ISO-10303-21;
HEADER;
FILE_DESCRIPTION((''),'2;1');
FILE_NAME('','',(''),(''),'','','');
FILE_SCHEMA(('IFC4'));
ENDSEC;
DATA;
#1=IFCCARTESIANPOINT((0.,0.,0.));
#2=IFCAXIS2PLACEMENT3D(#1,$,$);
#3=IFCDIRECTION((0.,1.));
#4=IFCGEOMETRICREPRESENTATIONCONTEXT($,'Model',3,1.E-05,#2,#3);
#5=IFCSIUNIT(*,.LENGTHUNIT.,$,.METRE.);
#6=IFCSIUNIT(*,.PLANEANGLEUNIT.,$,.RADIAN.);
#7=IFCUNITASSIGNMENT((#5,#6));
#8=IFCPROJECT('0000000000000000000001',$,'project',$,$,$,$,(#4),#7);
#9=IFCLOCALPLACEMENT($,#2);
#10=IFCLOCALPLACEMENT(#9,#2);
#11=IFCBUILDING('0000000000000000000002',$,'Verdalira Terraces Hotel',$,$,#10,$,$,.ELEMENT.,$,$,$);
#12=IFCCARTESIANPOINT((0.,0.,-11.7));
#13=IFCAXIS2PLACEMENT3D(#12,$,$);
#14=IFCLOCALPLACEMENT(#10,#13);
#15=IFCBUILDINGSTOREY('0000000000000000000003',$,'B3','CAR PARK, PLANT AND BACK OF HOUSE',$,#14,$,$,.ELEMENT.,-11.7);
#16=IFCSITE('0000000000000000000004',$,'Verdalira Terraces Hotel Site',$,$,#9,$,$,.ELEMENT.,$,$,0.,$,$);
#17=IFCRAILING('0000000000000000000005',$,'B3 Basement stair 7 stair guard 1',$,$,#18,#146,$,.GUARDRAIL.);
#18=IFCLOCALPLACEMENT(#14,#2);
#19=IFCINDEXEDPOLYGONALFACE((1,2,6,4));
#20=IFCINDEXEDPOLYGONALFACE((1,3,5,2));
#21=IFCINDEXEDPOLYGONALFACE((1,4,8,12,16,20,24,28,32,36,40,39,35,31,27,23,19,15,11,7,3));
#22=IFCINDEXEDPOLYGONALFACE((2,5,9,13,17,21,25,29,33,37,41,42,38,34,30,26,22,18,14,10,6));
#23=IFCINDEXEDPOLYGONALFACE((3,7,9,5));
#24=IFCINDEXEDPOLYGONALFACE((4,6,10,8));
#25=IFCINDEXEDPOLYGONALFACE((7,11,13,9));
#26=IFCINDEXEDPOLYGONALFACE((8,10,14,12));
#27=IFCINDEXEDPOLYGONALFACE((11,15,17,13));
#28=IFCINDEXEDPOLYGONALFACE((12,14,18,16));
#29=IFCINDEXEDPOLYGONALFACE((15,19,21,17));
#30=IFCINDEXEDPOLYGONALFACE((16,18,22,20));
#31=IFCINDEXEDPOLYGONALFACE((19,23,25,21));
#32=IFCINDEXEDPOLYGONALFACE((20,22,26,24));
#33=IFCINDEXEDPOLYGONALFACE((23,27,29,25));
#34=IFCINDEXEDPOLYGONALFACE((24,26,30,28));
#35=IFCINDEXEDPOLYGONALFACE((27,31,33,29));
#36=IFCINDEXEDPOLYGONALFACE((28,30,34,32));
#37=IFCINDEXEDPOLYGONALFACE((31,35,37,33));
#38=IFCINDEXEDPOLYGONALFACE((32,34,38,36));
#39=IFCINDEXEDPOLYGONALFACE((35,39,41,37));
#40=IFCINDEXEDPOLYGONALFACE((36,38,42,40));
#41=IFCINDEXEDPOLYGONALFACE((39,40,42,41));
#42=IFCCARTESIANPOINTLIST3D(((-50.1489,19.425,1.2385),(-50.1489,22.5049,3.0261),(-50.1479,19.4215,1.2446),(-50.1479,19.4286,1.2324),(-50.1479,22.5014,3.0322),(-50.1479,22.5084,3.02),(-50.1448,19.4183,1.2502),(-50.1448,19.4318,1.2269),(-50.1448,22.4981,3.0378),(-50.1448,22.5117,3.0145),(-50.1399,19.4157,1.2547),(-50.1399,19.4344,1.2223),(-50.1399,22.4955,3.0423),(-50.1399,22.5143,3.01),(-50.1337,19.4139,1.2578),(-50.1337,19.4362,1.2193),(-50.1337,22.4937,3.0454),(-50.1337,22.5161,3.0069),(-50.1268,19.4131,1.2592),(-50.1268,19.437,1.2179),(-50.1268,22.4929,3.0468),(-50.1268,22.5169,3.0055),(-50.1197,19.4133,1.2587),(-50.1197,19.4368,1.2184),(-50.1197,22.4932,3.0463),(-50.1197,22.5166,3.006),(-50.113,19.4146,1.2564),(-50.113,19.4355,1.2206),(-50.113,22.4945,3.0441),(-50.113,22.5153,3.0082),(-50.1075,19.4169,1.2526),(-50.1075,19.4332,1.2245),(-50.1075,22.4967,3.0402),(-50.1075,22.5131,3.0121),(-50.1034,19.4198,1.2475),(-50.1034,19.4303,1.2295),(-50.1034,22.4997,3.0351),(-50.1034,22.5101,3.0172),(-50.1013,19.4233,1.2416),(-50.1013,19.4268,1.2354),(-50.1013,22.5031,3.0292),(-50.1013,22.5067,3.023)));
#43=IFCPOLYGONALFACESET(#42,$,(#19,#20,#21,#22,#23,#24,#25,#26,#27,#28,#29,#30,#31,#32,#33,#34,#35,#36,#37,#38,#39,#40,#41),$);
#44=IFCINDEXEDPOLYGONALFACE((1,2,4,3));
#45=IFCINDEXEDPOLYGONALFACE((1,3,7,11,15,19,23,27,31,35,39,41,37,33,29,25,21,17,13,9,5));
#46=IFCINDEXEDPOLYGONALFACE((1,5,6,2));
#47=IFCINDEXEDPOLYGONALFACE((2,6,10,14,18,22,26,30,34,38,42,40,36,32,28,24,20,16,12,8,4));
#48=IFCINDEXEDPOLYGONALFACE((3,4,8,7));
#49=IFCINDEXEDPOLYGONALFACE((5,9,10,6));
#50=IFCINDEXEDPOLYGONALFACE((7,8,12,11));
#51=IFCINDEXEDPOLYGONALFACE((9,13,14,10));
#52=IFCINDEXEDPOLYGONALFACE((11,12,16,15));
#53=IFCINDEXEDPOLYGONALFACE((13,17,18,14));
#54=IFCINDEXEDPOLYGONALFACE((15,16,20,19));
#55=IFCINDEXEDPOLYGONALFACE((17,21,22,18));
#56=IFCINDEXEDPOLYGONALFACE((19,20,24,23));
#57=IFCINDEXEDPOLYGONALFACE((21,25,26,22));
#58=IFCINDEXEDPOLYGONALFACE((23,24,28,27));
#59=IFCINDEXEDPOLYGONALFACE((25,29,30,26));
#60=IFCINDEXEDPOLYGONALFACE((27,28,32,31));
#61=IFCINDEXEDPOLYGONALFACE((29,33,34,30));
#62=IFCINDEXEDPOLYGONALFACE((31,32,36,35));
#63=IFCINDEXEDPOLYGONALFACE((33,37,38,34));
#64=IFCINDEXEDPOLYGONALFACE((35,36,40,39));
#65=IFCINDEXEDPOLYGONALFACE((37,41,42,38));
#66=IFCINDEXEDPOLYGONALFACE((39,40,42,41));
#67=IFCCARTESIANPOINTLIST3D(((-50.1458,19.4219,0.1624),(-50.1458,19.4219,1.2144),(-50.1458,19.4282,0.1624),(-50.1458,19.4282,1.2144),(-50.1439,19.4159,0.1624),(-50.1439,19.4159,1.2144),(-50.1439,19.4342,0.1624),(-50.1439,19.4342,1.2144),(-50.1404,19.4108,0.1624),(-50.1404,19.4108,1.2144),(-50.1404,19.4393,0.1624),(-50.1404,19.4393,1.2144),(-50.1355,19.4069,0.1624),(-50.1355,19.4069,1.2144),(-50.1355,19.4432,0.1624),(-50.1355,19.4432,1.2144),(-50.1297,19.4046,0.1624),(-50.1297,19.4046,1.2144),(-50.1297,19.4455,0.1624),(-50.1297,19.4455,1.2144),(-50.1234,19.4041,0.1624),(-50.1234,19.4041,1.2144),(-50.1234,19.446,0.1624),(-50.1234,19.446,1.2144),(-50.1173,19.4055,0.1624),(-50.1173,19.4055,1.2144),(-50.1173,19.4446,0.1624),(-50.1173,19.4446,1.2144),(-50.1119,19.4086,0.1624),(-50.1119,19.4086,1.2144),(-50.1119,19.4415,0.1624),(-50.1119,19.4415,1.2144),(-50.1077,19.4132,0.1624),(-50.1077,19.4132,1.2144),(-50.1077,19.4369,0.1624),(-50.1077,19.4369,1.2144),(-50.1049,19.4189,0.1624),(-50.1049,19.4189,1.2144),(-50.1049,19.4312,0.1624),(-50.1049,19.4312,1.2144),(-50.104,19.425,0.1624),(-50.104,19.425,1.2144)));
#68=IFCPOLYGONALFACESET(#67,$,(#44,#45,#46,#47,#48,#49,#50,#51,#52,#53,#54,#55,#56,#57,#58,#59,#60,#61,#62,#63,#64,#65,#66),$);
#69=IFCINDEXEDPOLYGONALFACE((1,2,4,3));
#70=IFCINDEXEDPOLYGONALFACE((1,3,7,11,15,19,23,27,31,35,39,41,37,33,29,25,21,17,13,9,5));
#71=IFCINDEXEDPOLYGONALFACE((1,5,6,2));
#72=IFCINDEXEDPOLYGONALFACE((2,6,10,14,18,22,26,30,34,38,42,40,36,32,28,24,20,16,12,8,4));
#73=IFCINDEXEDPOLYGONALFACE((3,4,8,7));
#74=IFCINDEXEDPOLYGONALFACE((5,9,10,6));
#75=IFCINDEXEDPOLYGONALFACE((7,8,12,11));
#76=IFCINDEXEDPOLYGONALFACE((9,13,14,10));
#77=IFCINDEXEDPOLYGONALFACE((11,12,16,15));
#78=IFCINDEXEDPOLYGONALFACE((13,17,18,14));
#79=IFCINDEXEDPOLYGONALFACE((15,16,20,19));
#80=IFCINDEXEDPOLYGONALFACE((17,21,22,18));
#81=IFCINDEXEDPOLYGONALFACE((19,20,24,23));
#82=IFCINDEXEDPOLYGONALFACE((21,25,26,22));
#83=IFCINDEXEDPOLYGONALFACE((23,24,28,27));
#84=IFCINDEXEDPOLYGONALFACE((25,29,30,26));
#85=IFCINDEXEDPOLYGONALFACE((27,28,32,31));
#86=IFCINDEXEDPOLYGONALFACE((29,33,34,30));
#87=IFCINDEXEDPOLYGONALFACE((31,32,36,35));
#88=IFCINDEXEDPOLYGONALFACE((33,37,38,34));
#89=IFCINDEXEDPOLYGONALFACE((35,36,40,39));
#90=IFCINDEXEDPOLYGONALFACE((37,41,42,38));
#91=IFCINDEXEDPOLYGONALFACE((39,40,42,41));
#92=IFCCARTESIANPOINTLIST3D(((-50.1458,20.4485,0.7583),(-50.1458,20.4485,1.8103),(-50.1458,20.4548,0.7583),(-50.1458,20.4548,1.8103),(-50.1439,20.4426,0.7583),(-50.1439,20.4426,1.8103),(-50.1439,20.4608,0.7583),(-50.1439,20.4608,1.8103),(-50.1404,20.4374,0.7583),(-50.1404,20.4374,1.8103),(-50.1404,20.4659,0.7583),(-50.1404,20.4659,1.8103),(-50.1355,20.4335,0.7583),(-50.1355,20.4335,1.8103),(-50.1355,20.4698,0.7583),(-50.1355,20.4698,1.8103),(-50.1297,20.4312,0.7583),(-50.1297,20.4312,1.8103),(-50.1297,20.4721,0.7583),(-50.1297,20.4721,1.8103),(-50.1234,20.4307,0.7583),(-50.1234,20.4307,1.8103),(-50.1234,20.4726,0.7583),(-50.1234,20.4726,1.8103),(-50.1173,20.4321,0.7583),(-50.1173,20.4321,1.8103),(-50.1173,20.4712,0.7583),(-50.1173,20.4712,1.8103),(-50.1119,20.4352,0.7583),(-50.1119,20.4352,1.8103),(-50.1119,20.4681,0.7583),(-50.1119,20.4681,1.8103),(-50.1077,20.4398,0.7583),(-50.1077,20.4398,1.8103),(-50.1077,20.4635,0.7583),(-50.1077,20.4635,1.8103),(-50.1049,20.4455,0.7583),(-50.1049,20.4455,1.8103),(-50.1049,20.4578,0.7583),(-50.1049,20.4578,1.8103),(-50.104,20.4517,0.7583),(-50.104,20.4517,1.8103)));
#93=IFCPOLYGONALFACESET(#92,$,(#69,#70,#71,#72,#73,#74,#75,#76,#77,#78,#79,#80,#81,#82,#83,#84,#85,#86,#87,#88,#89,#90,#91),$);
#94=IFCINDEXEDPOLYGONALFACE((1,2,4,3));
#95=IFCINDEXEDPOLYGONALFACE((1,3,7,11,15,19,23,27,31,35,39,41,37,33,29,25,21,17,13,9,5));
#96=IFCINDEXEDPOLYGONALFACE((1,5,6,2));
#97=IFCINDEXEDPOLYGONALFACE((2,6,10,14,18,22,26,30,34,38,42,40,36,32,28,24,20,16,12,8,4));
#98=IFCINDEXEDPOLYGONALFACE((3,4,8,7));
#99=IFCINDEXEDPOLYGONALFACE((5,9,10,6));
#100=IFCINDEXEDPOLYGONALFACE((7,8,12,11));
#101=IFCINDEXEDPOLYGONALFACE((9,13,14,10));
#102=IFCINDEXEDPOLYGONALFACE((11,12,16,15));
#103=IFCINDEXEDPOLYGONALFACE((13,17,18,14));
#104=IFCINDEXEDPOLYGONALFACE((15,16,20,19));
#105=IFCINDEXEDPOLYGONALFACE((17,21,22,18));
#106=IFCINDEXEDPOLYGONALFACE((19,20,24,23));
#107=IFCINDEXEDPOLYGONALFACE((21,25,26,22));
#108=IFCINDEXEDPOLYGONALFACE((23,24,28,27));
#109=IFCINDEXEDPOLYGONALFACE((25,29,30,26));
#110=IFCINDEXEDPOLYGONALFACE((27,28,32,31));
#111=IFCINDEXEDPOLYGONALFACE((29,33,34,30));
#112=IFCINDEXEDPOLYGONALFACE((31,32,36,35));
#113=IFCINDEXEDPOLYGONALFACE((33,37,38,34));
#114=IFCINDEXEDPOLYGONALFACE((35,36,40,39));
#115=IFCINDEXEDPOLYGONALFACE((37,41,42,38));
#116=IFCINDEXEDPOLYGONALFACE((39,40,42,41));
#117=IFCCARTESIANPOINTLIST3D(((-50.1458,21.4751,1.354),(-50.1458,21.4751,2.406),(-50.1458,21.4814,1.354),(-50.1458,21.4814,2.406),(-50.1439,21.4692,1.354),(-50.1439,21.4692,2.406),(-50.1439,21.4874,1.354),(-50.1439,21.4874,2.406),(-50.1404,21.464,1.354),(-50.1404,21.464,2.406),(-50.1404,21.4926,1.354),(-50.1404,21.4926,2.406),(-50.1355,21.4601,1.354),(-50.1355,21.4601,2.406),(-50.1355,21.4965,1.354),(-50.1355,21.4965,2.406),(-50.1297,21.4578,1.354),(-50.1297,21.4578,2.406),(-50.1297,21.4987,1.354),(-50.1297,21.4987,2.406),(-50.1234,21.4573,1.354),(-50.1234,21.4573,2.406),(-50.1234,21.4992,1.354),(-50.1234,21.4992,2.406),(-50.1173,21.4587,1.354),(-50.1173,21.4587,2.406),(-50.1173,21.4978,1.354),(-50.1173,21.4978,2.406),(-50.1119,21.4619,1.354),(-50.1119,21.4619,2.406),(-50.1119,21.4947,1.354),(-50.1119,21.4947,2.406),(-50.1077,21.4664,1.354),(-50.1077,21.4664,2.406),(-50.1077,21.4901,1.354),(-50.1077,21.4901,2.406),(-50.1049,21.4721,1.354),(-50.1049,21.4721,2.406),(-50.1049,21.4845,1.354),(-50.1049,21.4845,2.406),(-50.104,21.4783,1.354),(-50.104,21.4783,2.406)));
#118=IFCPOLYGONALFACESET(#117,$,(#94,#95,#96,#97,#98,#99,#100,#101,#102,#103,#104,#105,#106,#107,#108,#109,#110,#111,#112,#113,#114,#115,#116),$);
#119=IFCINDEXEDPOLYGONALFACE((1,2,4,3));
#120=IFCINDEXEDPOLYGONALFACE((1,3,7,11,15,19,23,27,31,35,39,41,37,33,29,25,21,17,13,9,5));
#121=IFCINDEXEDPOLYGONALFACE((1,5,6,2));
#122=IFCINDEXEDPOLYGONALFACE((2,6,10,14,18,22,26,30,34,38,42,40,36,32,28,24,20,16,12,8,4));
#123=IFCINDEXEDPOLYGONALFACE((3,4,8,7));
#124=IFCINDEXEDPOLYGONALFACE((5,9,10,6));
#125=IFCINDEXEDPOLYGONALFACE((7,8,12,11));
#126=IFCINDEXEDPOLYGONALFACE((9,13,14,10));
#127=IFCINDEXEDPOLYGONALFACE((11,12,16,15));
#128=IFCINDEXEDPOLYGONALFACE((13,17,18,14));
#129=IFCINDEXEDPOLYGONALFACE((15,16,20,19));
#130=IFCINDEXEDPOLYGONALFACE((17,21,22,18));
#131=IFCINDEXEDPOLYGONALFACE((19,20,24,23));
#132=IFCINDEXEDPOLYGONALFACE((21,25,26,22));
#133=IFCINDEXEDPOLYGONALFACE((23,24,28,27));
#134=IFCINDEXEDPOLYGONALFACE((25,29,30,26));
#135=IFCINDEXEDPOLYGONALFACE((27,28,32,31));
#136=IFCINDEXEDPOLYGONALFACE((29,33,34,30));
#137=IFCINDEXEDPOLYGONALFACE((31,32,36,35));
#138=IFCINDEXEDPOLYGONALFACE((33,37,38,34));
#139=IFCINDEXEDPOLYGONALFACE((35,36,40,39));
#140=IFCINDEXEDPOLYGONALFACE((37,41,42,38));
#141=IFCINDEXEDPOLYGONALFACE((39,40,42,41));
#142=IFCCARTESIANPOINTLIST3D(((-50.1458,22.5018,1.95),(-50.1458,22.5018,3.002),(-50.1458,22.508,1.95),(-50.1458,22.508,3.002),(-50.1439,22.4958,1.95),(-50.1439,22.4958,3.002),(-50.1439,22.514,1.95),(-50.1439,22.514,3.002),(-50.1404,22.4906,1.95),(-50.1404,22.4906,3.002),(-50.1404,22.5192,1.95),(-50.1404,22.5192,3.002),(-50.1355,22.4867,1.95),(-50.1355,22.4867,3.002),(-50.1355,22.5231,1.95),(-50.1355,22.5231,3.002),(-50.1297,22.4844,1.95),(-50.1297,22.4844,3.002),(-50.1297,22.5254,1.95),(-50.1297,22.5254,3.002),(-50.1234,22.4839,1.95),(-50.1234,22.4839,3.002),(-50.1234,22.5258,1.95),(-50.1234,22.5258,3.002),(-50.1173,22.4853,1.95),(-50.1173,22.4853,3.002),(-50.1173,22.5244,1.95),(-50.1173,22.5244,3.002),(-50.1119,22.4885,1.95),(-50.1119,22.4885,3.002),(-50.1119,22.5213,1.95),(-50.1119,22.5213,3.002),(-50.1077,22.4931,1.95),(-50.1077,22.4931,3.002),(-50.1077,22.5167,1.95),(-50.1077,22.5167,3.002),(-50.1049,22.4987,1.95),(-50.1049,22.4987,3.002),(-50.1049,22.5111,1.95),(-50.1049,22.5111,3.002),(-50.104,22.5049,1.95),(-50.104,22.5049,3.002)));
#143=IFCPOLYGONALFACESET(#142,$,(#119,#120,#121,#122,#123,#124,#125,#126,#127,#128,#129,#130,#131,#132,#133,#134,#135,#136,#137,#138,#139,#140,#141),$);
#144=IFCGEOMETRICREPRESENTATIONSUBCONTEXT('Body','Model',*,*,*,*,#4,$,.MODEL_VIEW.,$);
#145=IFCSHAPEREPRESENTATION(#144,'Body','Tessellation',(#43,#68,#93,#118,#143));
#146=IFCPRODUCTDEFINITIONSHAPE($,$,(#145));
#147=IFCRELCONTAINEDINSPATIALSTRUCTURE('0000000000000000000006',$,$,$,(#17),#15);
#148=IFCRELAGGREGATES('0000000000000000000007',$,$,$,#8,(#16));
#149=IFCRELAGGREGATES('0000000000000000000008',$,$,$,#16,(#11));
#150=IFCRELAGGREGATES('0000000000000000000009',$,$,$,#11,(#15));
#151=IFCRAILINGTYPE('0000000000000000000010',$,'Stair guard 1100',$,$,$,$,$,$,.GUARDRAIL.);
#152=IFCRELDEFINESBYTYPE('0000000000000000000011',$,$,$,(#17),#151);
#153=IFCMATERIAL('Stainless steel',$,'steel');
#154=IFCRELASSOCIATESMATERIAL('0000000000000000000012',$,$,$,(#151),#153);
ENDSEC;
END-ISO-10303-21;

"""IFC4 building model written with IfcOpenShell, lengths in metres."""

from ifc_helpers import new_model, si_unit, direction, frame, origin, origin_2d, place, context, subcontext, project, spatial, circle, extrude, material, type_object, element, save


model = new_model("IFC4")

# Units and contexts
model_context = context("Model", 3, precision=1e-05, world=origin(), true_north=direction((0.0, 1.0)))
body_context = subcontext(model_context, "Body", "Model", "MODEL_VIEW")
ifc_project = project(units=[si_unit("LENGTHUNIT", "METRE"), si_unit("PLANEANGLEUNIT", "RADIAN")], contexts=[model_context])

# Site, building, storey
site_placement = place(None, origin())
site = spatial("IfcSite", under=ifc_project, at=site_placement, Name="Verdalira Terraces Hotel Site", CompositionType="ELEMENT", RefElevation=0.0)
building_placement = place(site_placement, origin())
building = spatial("IfcBuilding", under=site, at=building_placement, Name="Verdalira Terraces Hotel", CompositionType="ELEMENT")
storey_placement = place(building_placement, frame((0.0, 0.0, -11.7)))
storey = spatial("IfcBuildingStorey", under=building, at=storey_placement, Name="B3", Description="CAR PARK, PLANT AND BACK OF HOUSE", CompositionType="ELEMENT", Elevation=-11.7)

# Railing
ifc_material_1 = material(Name="Stainless steel", Category="steel")
railing_type_1 = type_object("IfcRailingType", Name="Stair guard 1100", PredefinedType="GUARDRAIL", material=ifc_material_1)
railing_1_placement = place(storey_placement, frame((-50.125, 19.425, 0.1624)))
element("IfcRailing", 1, at=railing_1_placement, inside=storey, type_object=railing_type_1, Name="B3 Basement stair 7 stair guard 1", PredefinedType="GUARDRAIL", context=body_context, shape_type="SweptSolid", body=[
    extrude(circle(Radius=0.0239, at=origin_2d()), frame((0.0, 0.0, 1.0762), z_axis=(0.0, 0.864873, 0.50199), x_axis=(-1.0, 0.0, 0.0)), (0.0, 0.0, 1.0), 3.561),
    extrude(circle(Radius=0.021, at=origin_2d()), origin(), (0.0, 0.0, 1.0), 1.052),
    extrude(circle(Radius=0.021, at=origin_2d()), frame((0.0, 1.0266, 0.5959)), (0.0, 0.0, 1.0), 1.052),
    extrude(circle(Radius=0.021, at=origin_2d()), frame((0.0, 2.0532, 1.1917)), (0.0, 0.0, 1.0), 1.052),
    extrude(circle(Radius=0.021, at=origin_2d()), frame((0.0, 3.0798, 1.7876)), (0.0, 0.0, 1.0), 1.052),
])

save(model, "model.ifc")
